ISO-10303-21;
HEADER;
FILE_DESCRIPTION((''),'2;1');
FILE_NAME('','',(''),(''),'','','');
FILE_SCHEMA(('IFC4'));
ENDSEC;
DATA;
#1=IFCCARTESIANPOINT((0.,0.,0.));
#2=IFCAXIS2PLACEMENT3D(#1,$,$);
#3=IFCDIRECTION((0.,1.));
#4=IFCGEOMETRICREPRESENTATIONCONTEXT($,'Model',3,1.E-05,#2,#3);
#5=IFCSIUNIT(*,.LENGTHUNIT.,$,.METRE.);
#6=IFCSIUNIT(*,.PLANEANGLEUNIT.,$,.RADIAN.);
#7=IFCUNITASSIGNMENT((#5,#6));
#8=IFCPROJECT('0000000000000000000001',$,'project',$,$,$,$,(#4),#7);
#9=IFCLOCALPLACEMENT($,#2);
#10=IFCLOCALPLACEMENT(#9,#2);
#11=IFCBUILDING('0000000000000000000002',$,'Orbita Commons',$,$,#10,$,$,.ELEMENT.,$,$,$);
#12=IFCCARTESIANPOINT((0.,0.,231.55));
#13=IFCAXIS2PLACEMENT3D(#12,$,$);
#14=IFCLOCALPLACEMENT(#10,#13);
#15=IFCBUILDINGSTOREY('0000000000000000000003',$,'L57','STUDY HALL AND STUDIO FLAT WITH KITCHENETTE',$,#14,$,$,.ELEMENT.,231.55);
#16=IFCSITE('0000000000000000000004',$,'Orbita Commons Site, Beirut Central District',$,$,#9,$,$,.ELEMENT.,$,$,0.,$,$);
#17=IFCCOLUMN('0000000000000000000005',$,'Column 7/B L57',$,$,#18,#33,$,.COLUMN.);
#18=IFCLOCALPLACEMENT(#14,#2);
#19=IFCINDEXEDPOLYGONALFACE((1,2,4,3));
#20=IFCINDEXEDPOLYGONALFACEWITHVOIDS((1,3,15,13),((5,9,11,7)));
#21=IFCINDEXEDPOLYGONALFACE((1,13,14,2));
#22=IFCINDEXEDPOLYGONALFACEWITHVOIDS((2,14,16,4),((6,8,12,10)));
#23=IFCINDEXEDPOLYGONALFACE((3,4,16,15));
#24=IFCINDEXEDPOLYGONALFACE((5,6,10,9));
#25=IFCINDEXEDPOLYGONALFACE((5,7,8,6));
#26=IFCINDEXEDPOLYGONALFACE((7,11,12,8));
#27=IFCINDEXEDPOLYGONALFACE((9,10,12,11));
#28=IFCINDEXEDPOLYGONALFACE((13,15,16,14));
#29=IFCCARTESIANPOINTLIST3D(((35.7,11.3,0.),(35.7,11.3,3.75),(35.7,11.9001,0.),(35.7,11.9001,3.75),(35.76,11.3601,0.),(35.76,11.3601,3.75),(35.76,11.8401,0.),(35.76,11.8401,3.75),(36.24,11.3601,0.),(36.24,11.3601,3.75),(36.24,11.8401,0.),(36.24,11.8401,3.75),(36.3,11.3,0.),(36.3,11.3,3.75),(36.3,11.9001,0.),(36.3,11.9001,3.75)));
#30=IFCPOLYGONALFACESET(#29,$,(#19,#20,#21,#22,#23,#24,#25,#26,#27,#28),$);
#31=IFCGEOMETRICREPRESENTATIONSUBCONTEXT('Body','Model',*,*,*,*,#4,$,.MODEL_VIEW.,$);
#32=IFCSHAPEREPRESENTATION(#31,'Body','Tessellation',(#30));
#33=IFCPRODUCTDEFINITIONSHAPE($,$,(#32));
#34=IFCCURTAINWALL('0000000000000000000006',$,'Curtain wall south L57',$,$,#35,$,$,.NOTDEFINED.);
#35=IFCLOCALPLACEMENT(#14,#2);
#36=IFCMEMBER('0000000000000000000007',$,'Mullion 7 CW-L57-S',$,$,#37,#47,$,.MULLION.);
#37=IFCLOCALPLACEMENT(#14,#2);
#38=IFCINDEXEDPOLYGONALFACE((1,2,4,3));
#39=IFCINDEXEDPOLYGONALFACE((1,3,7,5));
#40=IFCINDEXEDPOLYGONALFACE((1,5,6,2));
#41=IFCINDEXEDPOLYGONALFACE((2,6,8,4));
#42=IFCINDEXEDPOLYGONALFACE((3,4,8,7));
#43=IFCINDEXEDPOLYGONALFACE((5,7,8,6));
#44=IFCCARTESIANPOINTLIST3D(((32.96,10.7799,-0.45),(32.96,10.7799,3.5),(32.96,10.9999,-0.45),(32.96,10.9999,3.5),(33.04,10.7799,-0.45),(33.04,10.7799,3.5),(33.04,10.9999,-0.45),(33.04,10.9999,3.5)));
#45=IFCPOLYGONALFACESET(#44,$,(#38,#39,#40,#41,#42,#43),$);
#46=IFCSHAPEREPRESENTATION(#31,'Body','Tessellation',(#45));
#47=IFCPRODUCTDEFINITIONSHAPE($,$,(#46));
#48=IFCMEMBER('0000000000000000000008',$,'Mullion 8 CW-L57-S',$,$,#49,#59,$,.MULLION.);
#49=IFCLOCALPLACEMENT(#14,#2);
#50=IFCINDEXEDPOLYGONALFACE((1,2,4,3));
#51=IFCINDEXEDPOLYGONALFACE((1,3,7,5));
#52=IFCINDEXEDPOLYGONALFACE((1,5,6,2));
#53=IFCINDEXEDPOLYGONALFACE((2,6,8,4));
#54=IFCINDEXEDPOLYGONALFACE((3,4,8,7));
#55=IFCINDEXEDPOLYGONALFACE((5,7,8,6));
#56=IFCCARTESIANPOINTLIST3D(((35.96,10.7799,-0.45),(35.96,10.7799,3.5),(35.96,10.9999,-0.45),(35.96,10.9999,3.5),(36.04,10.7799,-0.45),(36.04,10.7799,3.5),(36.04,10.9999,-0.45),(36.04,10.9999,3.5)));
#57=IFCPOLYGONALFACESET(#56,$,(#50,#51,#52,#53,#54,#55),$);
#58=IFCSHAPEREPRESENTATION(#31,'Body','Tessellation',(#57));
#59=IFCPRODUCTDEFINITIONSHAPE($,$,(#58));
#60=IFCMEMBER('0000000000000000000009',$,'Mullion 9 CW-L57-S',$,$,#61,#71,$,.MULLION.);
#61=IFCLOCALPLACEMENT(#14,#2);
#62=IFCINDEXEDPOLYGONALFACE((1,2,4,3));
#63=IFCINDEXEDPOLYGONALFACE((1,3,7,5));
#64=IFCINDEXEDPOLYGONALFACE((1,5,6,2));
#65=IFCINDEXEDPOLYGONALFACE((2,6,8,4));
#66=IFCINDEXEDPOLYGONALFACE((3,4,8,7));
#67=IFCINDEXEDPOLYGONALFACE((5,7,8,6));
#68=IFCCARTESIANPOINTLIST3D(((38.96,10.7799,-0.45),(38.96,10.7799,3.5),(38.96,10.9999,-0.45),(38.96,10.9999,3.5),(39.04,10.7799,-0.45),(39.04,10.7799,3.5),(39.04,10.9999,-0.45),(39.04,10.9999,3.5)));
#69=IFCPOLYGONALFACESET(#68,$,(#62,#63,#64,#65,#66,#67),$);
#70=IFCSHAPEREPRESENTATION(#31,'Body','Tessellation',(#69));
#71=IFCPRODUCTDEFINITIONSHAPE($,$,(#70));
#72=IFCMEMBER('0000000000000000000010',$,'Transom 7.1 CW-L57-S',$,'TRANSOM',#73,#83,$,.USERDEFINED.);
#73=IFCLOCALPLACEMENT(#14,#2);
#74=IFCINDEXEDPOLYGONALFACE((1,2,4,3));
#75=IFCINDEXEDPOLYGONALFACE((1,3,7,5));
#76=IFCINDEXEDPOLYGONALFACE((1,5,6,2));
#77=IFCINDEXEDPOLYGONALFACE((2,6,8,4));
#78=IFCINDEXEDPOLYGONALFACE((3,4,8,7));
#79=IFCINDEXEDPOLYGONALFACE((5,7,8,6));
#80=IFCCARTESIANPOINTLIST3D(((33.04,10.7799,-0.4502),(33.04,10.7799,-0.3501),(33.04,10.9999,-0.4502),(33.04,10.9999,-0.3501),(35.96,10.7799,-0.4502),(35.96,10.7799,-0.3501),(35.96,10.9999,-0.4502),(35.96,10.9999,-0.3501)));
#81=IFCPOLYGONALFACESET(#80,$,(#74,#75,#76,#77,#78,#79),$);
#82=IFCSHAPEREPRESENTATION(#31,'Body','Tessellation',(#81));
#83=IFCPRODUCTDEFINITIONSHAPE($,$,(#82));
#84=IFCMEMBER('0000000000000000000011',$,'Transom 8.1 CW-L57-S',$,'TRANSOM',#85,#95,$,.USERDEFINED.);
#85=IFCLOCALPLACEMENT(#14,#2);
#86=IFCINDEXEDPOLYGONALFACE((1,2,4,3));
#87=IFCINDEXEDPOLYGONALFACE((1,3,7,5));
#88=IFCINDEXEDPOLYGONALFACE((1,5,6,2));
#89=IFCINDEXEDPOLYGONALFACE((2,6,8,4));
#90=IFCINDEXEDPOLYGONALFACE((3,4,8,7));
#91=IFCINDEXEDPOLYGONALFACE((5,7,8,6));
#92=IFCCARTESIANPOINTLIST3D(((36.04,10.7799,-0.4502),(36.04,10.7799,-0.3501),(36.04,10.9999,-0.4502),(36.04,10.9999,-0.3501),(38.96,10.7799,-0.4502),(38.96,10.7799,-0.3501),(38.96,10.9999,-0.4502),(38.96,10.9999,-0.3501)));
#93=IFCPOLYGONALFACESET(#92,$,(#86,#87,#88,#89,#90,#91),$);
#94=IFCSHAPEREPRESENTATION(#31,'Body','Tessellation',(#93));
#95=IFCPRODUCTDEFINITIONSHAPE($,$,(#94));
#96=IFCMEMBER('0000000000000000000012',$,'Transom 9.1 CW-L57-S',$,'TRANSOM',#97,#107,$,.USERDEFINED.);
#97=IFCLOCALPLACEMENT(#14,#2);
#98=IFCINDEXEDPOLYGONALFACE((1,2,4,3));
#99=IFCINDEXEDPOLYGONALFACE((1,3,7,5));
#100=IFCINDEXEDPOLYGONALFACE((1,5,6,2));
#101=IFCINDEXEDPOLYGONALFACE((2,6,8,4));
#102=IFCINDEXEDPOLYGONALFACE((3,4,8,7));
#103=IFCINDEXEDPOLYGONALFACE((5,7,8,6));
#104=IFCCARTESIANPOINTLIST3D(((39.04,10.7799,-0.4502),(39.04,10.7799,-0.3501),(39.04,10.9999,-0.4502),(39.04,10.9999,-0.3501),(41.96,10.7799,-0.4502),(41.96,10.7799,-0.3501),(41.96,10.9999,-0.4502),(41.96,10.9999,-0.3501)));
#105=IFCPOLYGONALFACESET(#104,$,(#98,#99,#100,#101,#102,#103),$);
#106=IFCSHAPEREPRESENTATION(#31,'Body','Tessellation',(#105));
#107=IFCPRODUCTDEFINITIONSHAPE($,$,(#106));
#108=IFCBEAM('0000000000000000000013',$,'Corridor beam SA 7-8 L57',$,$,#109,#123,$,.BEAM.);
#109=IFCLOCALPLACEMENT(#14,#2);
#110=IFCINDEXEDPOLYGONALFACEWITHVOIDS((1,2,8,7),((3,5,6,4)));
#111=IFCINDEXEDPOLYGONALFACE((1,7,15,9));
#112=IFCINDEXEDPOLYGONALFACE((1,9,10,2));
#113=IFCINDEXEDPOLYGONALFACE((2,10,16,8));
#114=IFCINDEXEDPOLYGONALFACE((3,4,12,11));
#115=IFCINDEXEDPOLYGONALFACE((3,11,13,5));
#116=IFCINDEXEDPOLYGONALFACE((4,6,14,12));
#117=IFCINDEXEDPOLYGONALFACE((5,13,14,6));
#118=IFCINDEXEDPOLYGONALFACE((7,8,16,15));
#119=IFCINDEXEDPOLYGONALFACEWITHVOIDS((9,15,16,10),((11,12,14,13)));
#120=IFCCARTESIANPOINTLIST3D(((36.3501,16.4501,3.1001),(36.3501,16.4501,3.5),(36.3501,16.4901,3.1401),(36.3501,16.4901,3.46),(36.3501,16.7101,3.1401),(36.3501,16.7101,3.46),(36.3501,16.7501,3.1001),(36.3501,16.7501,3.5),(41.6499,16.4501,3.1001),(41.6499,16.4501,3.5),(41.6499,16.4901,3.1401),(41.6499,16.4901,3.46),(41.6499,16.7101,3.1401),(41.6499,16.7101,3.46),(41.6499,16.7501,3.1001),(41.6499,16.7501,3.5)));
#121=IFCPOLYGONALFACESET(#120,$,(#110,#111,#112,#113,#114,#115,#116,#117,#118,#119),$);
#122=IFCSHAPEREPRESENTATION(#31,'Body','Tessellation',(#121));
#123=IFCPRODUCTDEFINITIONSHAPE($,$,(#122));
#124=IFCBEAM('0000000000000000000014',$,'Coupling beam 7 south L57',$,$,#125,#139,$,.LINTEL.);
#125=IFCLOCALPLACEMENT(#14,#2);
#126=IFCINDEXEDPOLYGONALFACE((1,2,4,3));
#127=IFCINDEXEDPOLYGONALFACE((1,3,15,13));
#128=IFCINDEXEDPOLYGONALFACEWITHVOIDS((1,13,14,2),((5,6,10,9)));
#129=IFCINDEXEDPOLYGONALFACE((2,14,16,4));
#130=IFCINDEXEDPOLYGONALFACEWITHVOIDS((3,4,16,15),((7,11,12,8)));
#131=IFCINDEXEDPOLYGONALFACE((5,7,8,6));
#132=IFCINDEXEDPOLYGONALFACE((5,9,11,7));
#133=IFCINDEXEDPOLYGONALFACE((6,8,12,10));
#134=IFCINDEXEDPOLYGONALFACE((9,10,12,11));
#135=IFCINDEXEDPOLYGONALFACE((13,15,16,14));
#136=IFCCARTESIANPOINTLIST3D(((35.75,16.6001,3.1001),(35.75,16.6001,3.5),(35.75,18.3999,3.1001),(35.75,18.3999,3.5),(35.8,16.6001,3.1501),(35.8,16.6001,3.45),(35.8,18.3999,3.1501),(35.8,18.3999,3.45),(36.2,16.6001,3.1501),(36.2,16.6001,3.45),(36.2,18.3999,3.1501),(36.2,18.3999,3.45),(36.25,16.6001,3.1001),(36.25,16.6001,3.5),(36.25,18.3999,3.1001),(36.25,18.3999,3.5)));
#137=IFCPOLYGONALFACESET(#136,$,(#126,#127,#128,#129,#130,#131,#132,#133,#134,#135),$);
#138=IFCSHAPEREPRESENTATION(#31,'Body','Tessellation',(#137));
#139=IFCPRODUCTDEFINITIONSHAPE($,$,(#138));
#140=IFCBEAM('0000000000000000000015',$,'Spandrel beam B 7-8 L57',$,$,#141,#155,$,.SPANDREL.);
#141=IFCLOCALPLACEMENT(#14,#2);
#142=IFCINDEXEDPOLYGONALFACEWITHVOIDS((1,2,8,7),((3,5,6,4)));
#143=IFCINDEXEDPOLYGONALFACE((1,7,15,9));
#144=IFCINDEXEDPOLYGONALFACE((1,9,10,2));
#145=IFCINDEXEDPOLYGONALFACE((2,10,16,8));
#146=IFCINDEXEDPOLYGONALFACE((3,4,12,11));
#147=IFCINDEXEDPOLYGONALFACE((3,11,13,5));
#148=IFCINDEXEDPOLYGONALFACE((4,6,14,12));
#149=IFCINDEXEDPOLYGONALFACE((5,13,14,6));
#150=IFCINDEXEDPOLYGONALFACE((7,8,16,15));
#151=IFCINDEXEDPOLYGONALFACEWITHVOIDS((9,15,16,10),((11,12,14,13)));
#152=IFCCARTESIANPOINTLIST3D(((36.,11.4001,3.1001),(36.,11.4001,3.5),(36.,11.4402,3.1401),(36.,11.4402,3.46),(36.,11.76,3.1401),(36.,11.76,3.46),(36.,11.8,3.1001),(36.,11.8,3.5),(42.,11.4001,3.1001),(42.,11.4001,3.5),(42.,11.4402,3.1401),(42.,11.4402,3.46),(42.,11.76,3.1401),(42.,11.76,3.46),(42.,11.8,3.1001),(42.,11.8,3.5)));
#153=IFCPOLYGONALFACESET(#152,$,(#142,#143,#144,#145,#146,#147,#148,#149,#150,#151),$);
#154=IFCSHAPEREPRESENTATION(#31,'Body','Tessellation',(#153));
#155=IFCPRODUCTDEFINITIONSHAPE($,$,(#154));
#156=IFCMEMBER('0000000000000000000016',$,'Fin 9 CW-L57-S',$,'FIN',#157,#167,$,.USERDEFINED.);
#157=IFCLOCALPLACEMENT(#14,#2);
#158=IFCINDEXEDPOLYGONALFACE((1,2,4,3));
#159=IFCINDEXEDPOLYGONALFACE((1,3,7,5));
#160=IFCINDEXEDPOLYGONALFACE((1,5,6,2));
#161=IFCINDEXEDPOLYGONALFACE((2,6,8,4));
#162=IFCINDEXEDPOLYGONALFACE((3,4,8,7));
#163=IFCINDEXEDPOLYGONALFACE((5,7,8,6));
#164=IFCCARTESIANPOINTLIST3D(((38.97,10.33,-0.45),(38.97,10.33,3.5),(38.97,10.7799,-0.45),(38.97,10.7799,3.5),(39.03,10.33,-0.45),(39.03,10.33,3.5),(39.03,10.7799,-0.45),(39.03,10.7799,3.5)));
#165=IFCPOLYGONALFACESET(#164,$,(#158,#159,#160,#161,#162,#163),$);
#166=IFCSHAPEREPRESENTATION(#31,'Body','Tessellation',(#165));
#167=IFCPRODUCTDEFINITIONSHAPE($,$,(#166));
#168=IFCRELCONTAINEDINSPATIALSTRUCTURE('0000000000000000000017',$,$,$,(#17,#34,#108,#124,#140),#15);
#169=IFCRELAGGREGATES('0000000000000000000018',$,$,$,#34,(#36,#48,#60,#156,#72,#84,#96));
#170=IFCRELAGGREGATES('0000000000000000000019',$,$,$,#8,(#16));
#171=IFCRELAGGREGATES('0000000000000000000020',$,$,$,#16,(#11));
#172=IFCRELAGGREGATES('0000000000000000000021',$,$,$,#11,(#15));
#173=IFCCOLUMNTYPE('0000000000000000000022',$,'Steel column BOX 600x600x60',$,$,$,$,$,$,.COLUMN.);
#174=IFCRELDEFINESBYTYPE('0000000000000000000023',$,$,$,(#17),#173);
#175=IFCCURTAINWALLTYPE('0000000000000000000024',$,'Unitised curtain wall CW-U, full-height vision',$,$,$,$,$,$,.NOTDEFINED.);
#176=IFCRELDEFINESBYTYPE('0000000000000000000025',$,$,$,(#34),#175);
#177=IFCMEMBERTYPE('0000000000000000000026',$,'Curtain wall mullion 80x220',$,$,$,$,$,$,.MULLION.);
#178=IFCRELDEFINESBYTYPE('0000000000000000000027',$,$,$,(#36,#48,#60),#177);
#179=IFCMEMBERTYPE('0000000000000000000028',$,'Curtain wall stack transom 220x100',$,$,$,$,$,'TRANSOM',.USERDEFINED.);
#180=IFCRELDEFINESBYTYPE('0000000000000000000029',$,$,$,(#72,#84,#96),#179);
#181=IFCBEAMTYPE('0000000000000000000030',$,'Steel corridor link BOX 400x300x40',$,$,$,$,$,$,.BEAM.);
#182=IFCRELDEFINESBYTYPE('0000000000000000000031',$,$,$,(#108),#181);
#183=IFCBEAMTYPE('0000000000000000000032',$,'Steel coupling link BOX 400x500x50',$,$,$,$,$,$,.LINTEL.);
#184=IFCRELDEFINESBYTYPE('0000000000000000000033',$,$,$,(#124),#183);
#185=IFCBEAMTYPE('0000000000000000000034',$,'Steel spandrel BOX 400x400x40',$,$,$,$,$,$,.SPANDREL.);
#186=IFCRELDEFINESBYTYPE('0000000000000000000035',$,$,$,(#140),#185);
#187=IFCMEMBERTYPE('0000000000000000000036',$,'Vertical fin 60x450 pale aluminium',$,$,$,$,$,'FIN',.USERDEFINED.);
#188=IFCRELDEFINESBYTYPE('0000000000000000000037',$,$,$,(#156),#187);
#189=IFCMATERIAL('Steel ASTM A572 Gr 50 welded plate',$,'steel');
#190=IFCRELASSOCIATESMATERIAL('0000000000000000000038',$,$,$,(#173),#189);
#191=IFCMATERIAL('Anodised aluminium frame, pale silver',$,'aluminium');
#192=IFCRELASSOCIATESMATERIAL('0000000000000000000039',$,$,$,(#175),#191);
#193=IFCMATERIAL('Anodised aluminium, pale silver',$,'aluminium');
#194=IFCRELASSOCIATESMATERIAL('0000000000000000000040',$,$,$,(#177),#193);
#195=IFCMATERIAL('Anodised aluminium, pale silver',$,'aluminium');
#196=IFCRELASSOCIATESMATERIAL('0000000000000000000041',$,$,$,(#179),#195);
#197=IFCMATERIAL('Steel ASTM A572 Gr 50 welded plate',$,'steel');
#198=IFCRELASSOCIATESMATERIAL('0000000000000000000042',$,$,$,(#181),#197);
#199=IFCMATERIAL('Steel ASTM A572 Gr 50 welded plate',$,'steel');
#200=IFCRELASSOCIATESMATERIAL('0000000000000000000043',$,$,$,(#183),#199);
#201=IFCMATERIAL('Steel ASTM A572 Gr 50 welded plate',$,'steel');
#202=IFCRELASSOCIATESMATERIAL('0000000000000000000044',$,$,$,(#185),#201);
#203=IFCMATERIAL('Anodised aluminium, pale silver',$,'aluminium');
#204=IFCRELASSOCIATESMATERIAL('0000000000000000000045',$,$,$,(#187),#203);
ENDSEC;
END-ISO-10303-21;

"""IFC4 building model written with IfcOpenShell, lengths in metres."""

from ifc_helpers import new_model, si_unit, direction, frame, origin, origin_2d, place, context, subcontext, project, spatial, rectangle, hollow_rectangle, extrude, material, material_profile, profile_set, type_object, element, aggregate, save


model = new_model("IFC4")

# Units and contexts
model_context = context("Model", 3, precision=1e-05, world=origin(), true_north=direction((0.0, 1.0)))
body_context = subcontext(model_context, "Body", "Model", "MODEL_VIEW")
ifc_project = project(units=[si_unit("LENGTHUNIT", "METRE"), si_unit("PLANEANGLEUNIT", "RADIAN")], contexts=[model_context])

# Site, building, storey
site_placement = place(None, origin())
site = spatial("IfcSite", under=ifc_project, at=site_placement, Name="Orbita Commons Site, Beirut Central District", CompositionType="ELEMENT", RefElevation=0.0)
building_placement = place(site_placement, origin())
building = spatial("IfcBuilding", under=site, at=building_placement, Name="Orbita Commons", CompositionType="ELEMENT")
storey_placement = place(building_placement, frame((0.0, 0.0, 231.55)))
storey = spatial("IfcBuildingStorey", under=building, at=storey_placement, Name="L57", Description="STUDY HALL AND STUDIO FLAT WITH KITCHENETTE", CompositionType="ELEMENT", Elevation=231.55)

# Column
ifc_material_1 = material(Name="Steel ASTM A572 Gr 50 welded plate", Category="steel")
ifc_material_profile_1 = material_profile(ifc_material_1, hollow_rectangle(XDim=0.6001, YDim=0.6001, WallThickness=0.0601, at=origin_2d()), Name="BOX 600x600x60")
ifc_profile_set_1 = profile_set([ifc_material_profile_1], Name="Steel ASTM A572 Gr 50 welded plate")
column_type = type_object("IfcColumnType", Name="Steel column BOX 600x600x60", PredefinedType="COLUMN", material=ifc_profile_set_1)
column_placement = place(storey_placement, frame((36.0, 11.6001, 0.0), z_axis=(0.0, 0.0, 1.0), x_axis=(1.0, 0.0, 0.0)))
element("IfcColumn", 1, at=column_placement, inside=storey, type_object=column_type, Name="Column 7/B L57", PredefinedType="COLUMN", context=body_context, shape_type="SweptSolid", body=[
    extrude(hollow_rectangle(XDim=0.6001, YDim=0.6001, WallThickness=0.0601, at=origin_2d()), origin(), (0.0, 0.0, 1.0), 3.75),
])

# Curtain wall, members
ifc_material_2 = material(Name="Anodised aluminium frame, pale silver", Category="aluminium")
curtain_wall_type = type_object("IfcCurtainWallType", Name="Unitised curtain wall CW-U, full-height vision", PredefinedType="NOTDEFINED", material=ifc_material_2)
curtain_wall_placement = place(storey_placement, origin())
curtain_wall = element("IfcCurtainWall", 2, at=curtain_wall_placement, inside=storey, type_object=curtain_wall_type, Name="Curtain wall south L57", PredefinedType="NOTDEFINED")
ifc_material_3 = material(Name="Anodised aluminium, pale silver", Category="aluminium")
ifc_material_profile_2 = material_profile(ifc_material_3, rectangle(XDim=0.0801, YDim=0.22, at=origin_2d()), Name="AL 80x220")
ifc_profile_set_2 = profile_set([ifc_material_profile_2], Name="Anodised aluminium, pale silver")
member_type_1 = type_object("IfcMemberType", Name="Curtain wall mullion 80x220", PredefinedType="MULLION", material=ifc_profile_set_2)
member_1_placement = place(storey_placement, frame((33.0, 10.8899, -0.45), z_axis=(0.0, 0.0, 1.0), x_axis=(1.0, 0.0, 0.0)))
member_1 = element("IfcMember", 3, at=member_1_placement, type_object=member_type_1, Name="Mullion 7 CW-L57-S", PredefinedType="MULLION", context=body_context, shape_type="SweptSolid", body=[
    extrude(rectangle(XDim=0.0801, YDim=0.22, at=origin_2d()), origin(), (0.0, 0.0, 1.0), 3.95),
])
member_2_placement = place(storey_placement, frame((36.0, 10.8899, -0.45), z_axis=(0.0, 0.0, 1.0), x_axis=(1.0, 0.0, 0.0)))
member_2 = element("IfcMember", 4, at=member_2_placement, type_object=member_type_1, Name="Mullion 8 CW-L57-S", PredefinedType="MULLION", context=body_context, shape_type="SweptSolid", body=[
    extrude(rectangle(XDim=0.0801, YDim=0.22, at=origin_2d()), origin(), (0.0, 0.0, 1.0), 3.95),
])
member_3_placement = place(storey_placement, frame((39.0, 10.8899, -0.45), z_axis=(0.0, 0.0, 1.0), x_axis=(1.0, 0.0, 0.0)))
member_3 = element("IfcMember", 5, at=member_3_placement, type_object=member_type_1, Name="Mullion 9 CW-L57-S", PredefinedType="MULLION", context=body_context, shape_type="SweptSolid", body=[
    extrude(rectangle(XDim=0.0801, YDim=0.22, at=origin_2d()), origin(), (0.0, 0.0, 1.0), 3.95),
])
ifc_material_4 = material(Name="Anodised aluminium, pale silver", Category="aluminium")
ifc_material_profile_3 = material_profile(ifc_material_4, rectangle(XDim=0.22, YDim=0.1001, at=origin_2d()), Name="AL 220x100")
ifc_profile_set_3 = profile_set([ifc_material_profile_3], Name="Anodised aluminium, pale silver")
member_type_2 = type_object("IfcMemberType", Name="Curtain wall stack transom 220x100", ElementType="TRANSOM", PredefinedType="USERDEFINED", material=ifc_profile_set_3)
member_4_placement = place(storey_placement, frame((33.04, 10.8899, -0.4001), z_axis=(1.0, 0.0, 0.0), x_axis=(0.0, 1.0, 0.0)))
member_4 = element("IfcMember", 6, at=member_4_placement, type_object=member_type_2, Name="Transom 7.1 CW-L57-S", ObjectType="TRANSOM", PredefinedType="USERDEFINED", context=body_context, shape_type="SweptSolid", body=[
    extrude(rectangle(XDim=0.22, YDim=0.1001, at=origin_2d()), origin(), (0.0, 0.0, 1.0), 2.9199),
])
member_5_placement = place(storey_placement, frame((36.04, 10.8899, -0.4001), z_axis=(1.0, 0.0, 0.0), x_axis=(0.0, 1.0, 0.0)))
member_5 = element("IfcMember", 7, at=member_5_placement, type_object=member_type_2, Name="Transom 8.1 CW-L57-S", ObjectType="TRANSOM", PredefinedType="USERDEFINED", context=body_context, shape_type="SweptSolid", body=[
    extrude(rectangle(XDim=0.22, YDim=0.1001, at=origin_2d()), origin(), (0.0, 0.0, 1.0), 2.9199),
])
member_6_placement = place(storey_placement, frame((39.04, 10.8899, -0.4001), z_axis=(1.0, 0.0, 0.0), x_axis=(0.0, 1.0, 0.0)))
member_6 = element("IfcMember", 8, at=member_6_placement, type_object=member_type_2, Name="Transom 9.1 CW-L57-S", ObjectType="TRANSOM", PredefinedType="USERDEFINED", context=body_context, shape_type="SweptSolid", body=[
    extrude(rectangle(XDim=0.22, YDim=0.1001, at=origin_2d()), origin(), (0.0, 0.0, 1.0), 2.9199),
])

# Beams
ifc_material_5 = material(Name="Steel ASTM A572 Gr 50 welded plate", Category="steel")
ifc_material_profile_4 = material_profile(ifc_material_5, hollow_rectangle(XDim=0.3, YDim=0.3999, WallThickness=0.04, at=origin_2d()), Name="BOX 400x300x40")
ifc_profile_set_4 = profile_set([ifc_material_profile_4], Name="Steel ASTM A572 Gr 50 welded plate")
beam_type_1 = type_object("IfcBeamType", Name="Steel corridor link BOX 400x300x40", PredefinedType="BEAM", material=ifc_profile_set_4)
beam_1_placement = place(storey_placement, frame((36.3501, 16.6001, 3.3), z_axis=(1.0, 0.0, 0.0), x_axis=(0.0, 1.0, 0.0)))
element("IfcBeam", 9, at=beam_1_placement, inside=storey, type_object=beam_type_1, Name="Corridor beam SA 7-8 L57", PredefinedType="BEAM", context=body_context, shape_type="SweptSolid", body=[
    extrude(hollow_rectangle(XDim=0.3, YDim=0.3999, WallThickness=0.04, at=origin_2d()), origin(), (0.0, 0.0, 1.0), 5.2998),
])
ifc_material_6 = material(Name="Steel ASTM A572 Gr 50 welded plate", Category="steel")
ifc_material_profile_5 = material_profile(ifc_material_6, hollow_rectangle(XDim=0.5, YDim=0.3999, WallThickness=0.05, at=origin_2d()), Name="BOX 400x500x50")
ifc_profile_set_5 = profile_set([ifc_material_profile_5], Name="Steel ASTM A572 Gr 50 welded plate")
beam_type_2 = type_object("IfcBeamType", Name="Steel coupling link BOX 400x500x50", PredefinedType="LINTEL", material=ifc_profile_set_5)
beam_2_placement = place(storey_placement, frame((36.0, 16.6001, 3.3), z_axis=(0.0, 1.0, 0.0), x_axis=(-1.0, 0.0, 0.0)))
element("IfcBeam", 10, at=beam_2_placement, inside=storey, type_object=beam_type_2, Name="Coupling beam 7 south L57", PredefinedType="LINTEL", context=body_context, shape_type="SweptSolid", body=[
    extrude(hollow_rectangle(XDim=0.5, YDim=0.3999, WallThickness=0.05, at=origin_2d()), origin(), (0.0, 0.0, 1.0), 1.7998),
])
ifc_material_7 = material(Name="Steel ASTM A572 Gr 50 welded plate", Category="steel")
ifc_material_profile_6 = material_profile(ifc_material_7, hollow_rectangle(XDim=0.3999, YDim=0.3999, WallThickness=0.04, at=origin_2d()), Name="BOX 400x400x40")
ifc_profile_set_6 = profile_set([ifc_material_profile_6], Name="Steel ASTM A572 Gr 50 welded plate")
beam_type_3 = type_object("IfcBeamType", Name="Steel spandrel BOX 400x400x40", PredefinedType="SPANDREL", material=ifc_profile_set_6)
beam_3_placement = place(storey_placement, frame((36.0, 11.6001, 3.3), z_axis=(1.0, 0.0, 0.0), x_axis=(0.0, 1.0, 0.0)))
element("IfcBeam", 11, at=beam_3_placement, inside=storey, type_object=beam_type_3, Name="Spandrel beam B 7-8 L57", PredefinedType="SPANDREL", context=body_context, shape_type="SweptSolid", body=[
    extrude(hollow_rectangle(XDim=0.3999, YDim=0.3999, WallThickness=0.04, at=origin_2d()), origin(), (0.0, 0.0, 1.0), 6.0),
])

# Member
ifc_material_8 = material(Name="Anodised aluminium, pale silver", Category="aluminium")
ifc_material_profile_7 = material_profile(ifc_material_8, rectangle(XDim=0.0601, YDim=0.45, at=origin_2d()), Name="FIN 60x450")
ifc_profile_set_7 = profile_set([ifc_material_profile_7], Name="Anodised aluminium, pale silver")
member_type_3 = type_object("IfcMemberType", Name="Vertical fin 60x450 pale aluminium", ElementType="FIN", PredefinedType="USERDEFINED", material=ifc_profile_set_7)
member_7_placement = place(storey_placement, frame((39.0, 10.5549, -0.45), z_axis=(0.0, 0.0, 1.0), x_axis=(1.0, 0.0, 0.0)))
member_7 = element("IfcMember", 12, at=member_7_placement, type_object=member_type_3, Name="Fin 9 CW-L57-S", ObjectType="FIN", PredefinedType="USERDEFINED", context=body_context, shape_type="SweptSolid", body=[
    extrude(rectangle(XDim=0.0601, YDim=0.45, at=origin_2d()), origin(), (0.0, 0.0, 1.0), 3.95),
])

aggregate(curtain_wall, [member_1, member_2, member_3, member_7, member_4, member_5, member_6])

save(model, "model.ifc")
